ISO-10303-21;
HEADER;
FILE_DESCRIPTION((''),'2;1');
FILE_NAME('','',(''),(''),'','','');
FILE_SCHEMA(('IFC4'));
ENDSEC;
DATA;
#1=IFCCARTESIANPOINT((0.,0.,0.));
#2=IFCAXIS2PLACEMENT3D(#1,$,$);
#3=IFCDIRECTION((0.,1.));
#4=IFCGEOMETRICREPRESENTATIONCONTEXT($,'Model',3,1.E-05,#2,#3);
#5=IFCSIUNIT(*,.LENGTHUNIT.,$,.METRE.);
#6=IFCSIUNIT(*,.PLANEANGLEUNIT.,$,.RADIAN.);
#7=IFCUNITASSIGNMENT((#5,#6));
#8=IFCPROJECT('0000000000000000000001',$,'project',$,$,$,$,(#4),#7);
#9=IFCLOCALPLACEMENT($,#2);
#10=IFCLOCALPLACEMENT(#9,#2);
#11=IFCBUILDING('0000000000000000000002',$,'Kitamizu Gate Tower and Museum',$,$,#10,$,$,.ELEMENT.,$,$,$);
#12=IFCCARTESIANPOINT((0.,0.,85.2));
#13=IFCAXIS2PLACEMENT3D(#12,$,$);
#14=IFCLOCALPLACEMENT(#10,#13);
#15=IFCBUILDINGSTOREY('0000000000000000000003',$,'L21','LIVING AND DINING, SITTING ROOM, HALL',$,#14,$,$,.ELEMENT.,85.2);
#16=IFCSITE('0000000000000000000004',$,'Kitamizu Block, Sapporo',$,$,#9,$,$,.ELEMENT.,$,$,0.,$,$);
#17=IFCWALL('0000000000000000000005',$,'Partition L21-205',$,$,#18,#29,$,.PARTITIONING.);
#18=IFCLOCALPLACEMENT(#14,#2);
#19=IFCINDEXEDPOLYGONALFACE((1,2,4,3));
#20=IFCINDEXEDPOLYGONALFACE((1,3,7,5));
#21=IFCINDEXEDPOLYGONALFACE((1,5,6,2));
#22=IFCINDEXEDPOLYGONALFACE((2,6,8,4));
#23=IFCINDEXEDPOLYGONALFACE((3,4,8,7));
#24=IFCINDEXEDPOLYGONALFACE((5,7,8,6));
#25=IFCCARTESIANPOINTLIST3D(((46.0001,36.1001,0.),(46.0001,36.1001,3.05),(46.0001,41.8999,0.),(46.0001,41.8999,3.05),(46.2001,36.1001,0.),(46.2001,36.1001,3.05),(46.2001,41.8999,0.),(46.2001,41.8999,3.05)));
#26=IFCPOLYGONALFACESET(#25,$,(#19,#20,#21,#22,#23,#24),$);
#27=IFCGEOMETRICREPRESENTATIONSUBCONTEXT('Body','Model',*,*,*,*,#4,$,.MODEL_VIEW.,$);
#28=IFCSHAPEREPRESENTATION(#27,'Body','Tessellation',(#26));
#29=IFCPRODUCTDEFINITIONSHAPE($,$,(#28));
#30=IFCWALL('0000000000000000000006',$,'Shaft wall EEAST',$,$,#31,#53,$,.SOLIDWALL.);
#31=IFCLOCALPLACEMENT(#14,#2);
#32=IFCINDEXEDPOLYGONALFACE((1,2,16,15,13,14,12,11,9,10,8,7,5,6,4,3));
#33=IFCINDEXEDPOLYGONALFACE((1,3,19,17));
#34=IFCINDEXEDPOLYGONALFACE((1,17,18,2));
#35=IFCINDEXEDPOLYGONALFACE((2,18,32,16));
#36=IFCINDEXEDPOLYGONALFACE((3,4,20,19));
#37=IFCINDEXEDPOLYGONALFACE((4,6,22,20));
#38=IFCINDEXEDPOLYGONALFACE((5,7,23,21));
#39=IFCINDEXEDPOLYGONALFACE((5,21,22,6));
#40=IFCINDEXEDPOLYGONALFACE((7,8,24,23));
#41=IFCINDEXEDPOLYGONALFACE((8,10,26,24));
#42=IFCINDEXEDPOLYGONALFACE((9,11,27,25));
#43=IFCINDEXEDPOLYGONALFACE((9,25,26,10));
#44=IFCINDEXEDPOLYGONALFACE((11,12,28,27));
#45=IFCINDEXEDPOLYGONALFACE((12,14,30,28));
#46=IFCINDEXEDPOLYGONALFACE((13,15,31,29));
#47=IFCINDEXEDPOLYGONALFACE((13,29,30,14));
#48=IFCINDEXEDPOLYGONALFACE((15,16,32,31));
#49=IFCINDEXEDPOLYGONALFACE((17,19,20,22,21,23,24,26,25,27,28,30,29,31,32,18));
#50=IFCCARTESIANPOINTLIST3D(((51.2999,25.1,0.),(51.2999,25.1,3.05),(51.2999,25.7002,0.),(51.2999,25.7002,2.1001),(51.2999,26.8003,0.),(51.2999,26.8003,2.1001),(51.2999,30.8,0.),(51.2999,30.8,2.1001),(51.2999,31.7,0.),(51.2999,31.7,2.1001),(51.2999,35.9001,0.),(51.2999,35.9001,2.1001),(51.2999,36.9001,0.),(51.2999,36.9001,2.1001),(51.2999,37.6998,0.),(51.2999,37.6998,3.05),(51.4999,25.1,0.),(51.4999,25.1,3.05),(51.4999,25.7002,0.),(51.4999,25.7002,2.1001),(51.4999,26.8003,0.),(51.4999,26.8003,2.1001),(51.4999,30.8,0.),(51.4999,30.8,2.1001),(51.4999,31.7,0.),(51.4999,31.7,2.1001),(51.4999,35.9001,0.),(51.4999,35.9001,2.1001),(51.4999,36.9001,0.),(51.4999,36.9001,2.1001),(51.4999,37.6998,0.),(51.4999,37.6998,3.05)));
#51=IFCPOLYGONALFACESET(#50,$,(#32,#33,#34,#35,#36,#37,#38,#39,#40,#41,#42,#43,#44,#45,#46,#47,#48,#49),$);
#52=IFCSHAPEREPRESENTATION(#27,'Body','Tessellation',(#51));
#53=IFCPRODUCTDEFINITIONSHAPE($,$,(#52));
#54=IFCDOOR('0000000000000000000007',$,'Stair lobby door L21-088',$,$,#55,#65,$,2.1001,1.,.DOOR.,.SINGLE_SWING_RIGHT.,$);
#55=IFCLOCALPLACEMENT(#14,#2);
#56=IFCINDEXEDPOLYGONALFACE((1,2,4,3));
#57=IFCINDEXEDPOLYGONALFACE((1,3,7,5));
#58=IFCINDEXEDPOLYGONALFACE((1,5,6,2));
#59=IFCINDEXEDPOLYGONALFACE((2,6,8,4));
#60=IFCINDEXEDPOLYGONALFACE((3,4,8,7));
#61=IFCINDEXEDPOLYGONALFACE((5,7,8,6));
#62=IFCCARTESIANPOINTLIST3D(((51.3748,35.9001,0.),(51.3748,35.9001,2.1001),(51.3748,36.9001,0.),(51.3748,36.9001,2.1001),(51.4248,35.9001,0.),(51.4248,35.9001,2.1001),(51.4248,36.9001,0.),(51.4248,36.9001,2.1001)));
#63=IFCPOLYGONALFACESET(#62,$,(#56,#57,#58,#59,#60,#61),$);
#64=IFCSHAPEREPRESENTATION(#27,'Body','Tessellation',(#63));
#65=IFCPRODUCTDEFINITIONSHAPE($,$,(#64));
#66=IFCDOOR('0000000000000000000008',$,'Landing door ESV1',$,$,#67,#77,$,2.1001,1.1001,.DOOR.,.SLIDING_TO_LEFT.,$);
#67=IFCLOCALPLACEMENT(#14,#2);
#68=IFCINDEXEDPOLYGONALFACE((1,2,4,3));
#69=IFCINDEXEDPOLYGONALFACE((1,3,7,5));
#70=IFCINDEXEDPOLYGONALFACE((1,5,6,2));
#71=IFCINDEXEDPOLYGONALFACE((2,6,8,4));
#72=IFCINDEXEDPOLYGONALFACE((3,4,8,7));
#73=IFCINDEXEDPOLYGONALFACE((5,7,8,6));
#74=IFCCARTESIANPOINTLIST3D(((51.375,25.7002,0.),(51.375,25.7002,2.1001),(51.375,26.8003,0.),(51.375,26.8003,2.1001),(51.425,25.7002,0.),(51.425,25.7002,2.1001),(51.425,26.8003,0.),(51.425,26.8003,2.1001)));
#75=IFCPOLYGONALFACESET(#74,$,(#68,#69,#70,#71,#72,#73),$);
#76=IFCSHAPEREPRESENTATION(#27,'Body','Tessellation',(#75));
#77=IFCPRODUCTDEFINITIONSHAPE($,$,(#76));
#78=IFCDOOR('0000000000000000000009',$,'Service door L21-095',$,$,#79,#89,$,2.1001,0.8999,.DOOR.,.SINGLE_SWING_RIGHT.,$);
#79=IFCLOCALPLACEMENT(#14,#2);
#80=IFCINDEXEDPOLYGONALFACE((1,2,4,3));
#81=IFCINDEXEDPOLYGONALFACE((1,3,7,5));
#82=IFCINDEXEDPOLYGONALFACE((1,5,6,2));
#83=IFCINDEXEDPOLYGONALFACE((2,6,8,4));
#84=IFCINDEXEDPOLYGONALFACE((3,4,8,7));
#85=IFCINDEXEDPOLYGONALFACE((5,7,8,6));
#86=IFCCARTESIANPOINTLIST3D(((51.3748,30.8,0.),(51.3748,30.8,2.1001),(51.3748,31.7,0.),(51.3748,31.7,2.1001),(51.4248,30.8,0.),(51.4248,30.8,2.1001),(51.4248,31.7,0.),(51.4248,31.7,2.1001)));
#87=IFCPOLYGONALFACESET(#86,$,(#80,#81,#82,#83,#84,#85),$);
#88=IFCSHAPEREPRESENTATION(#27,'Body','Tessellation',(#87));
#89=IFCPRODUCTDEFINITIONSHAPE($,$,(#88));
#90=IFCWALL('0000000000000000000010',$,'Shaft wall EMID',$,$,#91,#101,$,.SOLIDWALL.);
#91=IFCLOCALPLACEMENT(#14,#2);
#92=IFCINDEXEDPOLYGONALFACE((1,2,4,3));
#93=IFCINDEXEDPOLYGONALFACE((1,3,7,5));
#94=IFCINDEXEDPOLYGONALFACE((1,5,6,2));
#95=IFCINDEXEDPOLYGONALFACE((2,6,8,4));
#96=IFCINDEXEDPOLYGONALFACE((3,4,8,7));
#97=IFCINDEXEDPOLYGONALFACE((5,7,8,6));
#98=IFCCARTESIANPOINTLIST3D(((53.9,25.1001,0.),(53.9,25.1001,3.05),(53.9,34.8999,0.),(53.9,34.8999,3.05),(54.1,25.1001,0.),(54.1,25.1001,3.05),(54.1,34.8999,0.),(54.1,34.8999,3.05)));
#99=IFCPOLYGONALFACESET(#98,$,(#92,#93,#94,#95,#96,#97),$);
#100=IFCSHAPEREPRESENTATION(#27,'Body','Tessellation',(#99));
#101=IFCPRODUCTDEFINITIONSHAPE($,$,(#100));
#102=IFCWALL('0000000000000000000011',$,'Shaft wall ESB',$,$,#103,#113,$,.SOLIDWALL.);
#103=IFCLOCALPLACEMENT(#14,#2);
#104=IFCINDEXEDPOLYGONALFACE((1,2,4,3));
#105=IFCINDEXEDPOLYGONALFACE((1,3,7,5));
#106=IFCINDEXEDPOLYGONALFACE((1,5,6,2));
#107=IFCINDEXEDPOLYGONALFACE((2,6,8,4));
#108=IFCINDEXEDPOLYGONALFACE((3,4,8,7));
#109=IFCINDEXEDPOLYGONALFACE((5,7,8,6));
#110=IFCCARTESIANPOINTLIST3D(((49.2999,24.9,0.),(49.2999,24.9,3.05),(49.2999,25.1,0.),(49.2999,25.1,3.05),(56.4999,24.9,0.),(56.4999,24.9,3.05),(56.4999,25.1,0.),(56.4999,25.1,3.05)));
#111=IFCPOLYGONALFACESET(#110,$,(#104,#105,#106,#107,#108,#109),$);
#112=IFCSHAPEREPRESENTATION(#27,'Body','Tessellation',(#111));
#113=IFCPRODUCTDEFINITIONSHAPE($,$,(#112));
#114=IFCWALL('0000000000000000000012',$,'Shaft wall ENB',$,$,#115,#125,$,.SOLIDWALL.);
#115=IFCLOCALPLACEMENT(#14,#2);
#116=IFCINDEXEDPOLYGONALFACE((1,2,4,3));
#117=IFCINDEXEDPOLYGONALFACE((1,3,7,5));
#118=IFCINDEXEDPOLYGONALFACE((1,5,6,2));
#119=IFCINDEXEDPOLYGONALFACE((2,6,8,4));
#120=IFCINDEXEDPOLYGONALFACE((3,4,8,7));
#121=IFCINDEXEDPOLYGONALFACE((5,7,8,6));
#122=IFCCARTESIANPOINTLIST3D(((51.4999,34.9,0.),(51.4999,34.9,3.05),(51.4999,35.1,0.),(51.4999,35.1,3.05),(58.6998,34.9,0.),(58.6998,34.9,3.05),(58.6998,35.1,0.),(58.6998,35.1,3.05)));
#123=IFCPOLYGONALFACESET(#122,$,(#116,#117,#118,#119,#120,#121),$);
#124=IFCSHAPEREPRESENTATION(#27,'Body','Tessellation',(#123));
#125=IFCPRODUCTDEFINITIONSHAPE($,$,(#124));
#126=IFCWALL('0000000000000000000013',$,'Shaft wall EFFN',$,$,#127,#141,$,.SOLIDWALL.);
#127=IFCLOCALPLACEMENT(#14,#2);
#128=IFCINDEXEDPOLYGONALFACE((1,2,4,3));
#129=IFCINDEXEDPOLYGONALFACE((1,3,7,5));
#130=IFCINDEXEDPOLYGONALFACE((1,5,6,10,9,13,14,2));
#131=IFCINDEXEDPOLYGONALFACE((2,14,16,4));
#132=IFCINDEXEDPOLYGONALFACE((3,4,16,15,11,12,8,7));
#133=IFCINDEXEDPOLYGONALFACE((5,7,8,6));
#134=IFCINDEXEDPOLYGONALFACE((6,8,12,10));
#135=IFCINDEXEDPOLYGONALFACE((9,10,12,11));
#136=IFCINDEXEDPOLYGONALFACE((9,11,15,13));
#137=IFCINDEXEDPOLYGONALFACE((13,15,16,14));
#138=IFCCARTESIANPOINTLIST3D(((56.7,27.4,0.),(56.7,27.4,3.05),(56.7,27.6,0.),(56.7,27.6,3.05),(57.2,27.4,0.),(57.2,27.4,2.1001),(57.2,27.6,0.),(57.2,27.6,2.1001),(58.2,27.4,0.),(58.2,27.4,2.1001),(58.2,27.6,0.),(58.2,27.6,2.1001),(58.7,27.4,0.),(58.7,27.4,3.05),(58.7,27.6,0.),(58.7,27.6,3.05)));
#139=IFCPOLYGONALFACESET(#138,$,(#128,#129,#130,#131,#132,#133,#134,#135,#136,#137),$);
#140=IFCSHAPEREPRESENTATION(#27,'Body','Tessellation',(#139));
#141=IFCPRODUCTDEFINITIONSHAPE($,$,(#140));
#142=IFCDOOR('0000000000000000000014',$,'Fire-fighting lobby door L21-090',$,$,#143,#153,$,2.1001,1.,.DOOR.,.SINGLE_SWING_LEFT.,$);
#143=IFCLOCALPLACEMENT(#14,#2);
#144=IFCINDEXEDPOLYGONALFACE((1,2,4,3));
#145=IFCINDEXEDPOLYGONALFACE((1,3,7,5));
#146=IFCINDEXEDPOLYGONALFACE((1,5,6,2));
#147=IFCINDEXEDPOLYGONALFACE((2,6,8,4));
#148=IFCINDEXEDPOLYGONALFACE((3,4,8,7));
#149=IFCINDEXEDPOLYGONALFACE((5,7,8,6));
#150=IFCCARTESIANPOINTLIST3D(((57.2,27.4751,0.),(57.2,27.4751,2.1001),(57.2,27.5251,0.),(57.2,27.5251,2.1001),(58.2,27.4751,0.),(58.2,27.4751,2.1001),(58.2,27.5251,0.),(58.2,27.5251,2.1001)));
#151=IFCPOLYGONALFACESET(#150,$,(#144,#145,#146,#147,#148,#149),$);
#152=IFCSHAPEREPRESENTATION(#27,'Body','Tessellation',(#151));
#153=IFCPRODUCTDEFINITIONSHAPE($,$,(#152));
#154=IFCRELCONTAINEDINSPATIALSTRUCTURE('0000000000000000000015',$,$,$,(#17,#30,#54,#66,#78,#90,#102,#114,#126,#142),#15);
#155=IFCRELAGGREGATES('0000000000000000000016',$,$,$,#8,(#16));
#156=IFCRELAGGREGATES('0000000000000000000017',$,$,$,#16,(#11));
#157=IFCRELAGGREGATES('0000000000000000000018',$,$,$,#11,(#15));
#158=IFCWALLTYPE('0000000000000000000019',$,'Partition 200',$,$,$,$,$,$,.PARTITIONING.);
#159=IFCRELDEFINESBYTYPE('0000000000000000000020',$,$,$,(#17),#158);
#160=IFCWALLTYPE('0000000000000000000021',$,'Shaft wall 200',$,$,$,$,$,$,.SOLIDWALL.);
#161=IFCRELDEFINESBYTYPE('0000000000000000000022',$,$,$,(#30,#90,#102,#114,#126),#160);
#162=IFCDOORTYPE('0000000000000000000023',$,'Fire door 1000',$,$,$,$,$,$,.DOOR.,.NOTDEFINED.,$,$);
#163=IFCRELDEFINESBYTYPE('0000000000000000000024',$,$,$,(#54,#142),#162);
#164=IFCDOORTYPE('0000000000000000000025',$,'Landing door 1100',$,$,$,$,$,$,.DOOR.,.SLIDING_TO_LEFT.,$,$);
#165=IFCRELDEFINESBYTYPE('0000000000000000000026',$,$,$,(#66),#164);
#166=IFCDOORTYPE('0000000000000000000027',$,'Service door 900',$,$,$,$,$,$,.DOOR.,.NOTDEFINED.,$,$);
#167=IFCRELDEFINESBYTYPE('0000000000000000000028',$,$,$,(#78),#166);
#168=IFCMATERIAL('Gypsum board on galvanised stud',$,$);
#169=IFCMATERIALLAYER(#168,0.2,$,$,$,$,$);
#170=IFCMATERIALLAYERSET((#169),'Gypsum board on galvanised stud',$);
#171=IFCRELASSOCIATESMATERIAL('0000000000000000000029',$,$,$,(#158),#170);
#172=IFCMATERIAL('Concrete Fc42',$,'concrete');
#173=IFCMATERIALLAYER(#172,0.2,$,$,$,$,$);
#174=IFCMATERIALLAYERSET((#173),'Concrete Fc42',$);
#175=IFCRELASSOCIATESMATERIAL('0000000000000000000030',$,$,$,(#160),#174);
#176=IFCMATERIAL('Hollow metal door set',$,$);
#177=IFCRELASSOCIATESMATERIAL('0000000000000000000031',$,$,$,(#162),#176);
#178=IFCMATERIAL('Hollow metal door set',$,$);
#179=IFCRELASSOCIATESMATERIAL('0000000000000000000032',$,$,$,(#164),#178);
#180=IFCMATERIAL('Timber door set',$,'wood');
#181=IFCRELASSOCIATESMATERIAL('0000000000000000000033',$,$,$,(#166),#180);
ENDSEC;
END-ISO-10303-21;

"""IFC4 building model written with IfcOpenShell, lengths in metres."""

from ifc_helpers import new_model, si_unit, direction, frame, frame_2d, origin, place, context, subcontext, project, spatial, rectangle, extrude, material, layer, layer_set, type_object, element, fill, save


model = new_model("IFC4")

# Units and contexts
model_context = context("Model", 3, precision=1e-05, world=origin(), true_north=direction((0.0, 1.0)))
body_context = subcontext(model_context, "Body", "Model", "MODEL_VIEW")
ifc_project = project(units=[si_unit("LENGTHUNIT", "METRE"), si_unit("PLANEANGLEUNIT", "RADIAN")], contexts=[model_context])

# Site, building, storey
site_placement = place(None, origin())
site = spatial("IfcSite", under=ifc_project, at=site_placement, Name="Kitamizu Block, Sapporo", CompositionType="ELEMENT", RefElevation=0.0)
building_placement = place(site_placement, origin())
building = spatial("IfcBuilding", under=site, at=building_placement, Name="Kitamizu Gate Tower and Museum", CompositionType="ELEMENT")
storey_placement = place(building_placement, frame((0.0, 0.0, 85.2)))
storey = spatial("IfcBuildingStorey", under=building, at=storey_placement, Name="L21", Description="LIVING AND DINING, SITTING ROOM, HALL", CompositionType="ELEMENT", Elevation=85.2)

# Shared definitions
ifc_material_1 = material(Name="Gypsum board on galvanised stud")
ifc_layer_1 = layer(ifc_material_1, 0.2)
ifc_layer_set_1 = layer_set([ifc_layer_1], Name="Gypsum board on galvanised stud")
wall_type_1 = type_object("IfcWallType", Name="Partition 200", PredefinedType="PARTITIONING", material=ifc_layer_set_1)

# Wall
wall_1_placement = place(storey_placement, frame((46.1001, 36.1001, 0.0), z_axis=(0.0, 0.0, 1.0), x_axis=(0.0, 1.0, 0.0)))
element("IfcWall", 1, at=wall_1_placement, inside=storey, type_object=wall_type_1, Name="Partition L21-205", PredefinedType="PARTITIONING", context=body_context, shape_type="SweptSolid", body=[
    extrude(rectangle(XDim=5.7998, YDim=0.2, at=frame_2d((2.8999, 0.0))), origin(), (0.0, 0.0, 1.0), 3.05),
])

# Wall, openings, doors
ifc_material_2 = material(Name="Concrete Fc42", Category="concrete")
ifc_layer_2 = layer(ifc_material_2, 0.2)
ifc_layer_set_2 = layer_set([ifc_layer_2], Name="Concrete Fc42")
wall_type_2 = type_object("IfcWallType", Name="Shaft wall 200", PredefinedType="SOLIDWALL", material=ifc_layer_set_2)
wall_2_placement = place(storey_placement, frame((51.3999, 25.1001, 0.0), z_axis=(0.0, 0.0, 1.0), x_axis=(0.0, 1.0, 0.0)))
wall_2 = element("IfcWall", 2, at=wall_2_placement, inside=storey, type_object=wall_type_2, Name="Shaft wall EEAST", PredefinedType="SOLIDWALL", context=body_context, shape_type="SweptSolid", body=[
    extrude(rectangle(XDim=12.5999, YDim=0.2, at=frame_2d((6.2998, 0.0))), origin(), (0.0, 0.0, 1.0), 3.05),
])
opening_1_placement = place(wall_2_placement, frame((0.6001, 0.0, 0.0)))
opening_1 = element("IfcOpeningElement", 3, at=opening_1_placement, cuts=wall_2, PredefinedType="OPENING", context=body_context, shape_type="SweptSolid", body=[
    extrude(rectangle(XDim=1.1001, YDim=2.1001, at=frame_2d((0.55, 1.05))), frame((0.0, 0.1099, 0.0), z_axis=(0.0, -1.0, 0.0), x_axis=(1.0, 0.0, 0.0)), (0.0, 0.0, 1.0), 0.22),
])
opening_2_placement = place(wall_2_placement, frame((10.8, 0.0, 0.0)))
opening_2 = element("IfcOpeningElement", 4, at=opening_2_placement, cuts=wall_2, PredefinedType="OPENING", context=body_context, shape_type="SweptSolid", body=[
    extrude(rectangle(XDim=1.0, YDim=2.1001, at=frame_2d((0.5, 1.05))), frame((0.0, 0.1099, 0.0), z_axis=(0.0, -1.0, 0.0), x_axis=(1.0, 0.0, 0.0)), (0.0, 0.0, 1.0), 0.22),
])
opening_3_placement = place(wall_2_placement, frame((5.7, 0.0, 0.0)))
opening_3 = element("IfcOpeningElement", 5, at=opening_3_placement, cuts=wall_2, PredefinedType="OPENING", context=body_context, shape_type="SweptSolid", body=[
    extrude(rectangle(XDim=0.8999, YDim=2.1001, at=frame_2d((0.45, 1.05))), frame((0.0, 0.1099, 0.0), z_axis=(0.0, -1.0, 0.0), x_axis=(1.0, 0.0, 0.0)), (0.0, 0.0, 1.0), 0.22),
])
ifc_material_3 = material(Name="Hollow metal door set")
door_type_1 = type_object("IfcDoorType", Name="Fire door 1000", OperationType="NOTDEFINED", PredefinedType="DOOR", material=ifc_material_3)
door_1_placement = place(opening_2_placement, frame((1.0, 0.0, 0.0), x_axis=(-1.0, 0.0, 0.0)))
door_1 = element("IfcDoor", 6, at=door_1_placement, inside=storey, type_object=door_type_1, Name="Stair lobby door L21-088", OperationType="SINGLE_SWING_RIGHT", OverallHeight=2.1001, OverallWidth=1.0, PredefinedType="DOOR", context=body_context, shape_type="SweptSolid", body=[
    extrude(rectangle(XDim=1.0, YDim=2.1001, at=frame_2d((0.5, 1.05))), frame((0.0, 0.0249, 0.0), z_axis=(0.0, -1.0, 0.0), x_axis=(1.0, 0.0, 0.0)), (0.0, 0.0, 1.0), 0.05),
])
fill(opening_2, door_1)
ifc_material_4 = material(Name="Hollow metal door set")
door_type_2 = type_object("IfcDoorType", Name="Landing door 1100", OperationType="SLIDING_TO_LEFT", PredefinedType="DOOR", material=ifc_material_4)
door_2_placement = place(opening_1_placement, origin())
door_2 = element("IfcDoor", 7, at=door_2_placement, inside=storey, type_object=door_type_2, Name="Landing door ESV1", OperationType="SLIDING_TO_LEFT", OverallHeight=2.1001, OverallWidth=1.1001, PredefinedType="DOOR", context=body_context, shape_type="SweptSolid", body=[
    extrude(rectangle(XDim=1.1001, YDim=2.1001, at=frame_2d((0.55, 1.05))), frame((0.0, 0.0249, 0.0), z_axis=(0.0, -1.0, 0.0), x_axis=(1.0, 0.0, 0.0)), (0.0, 0.0, 1.0), 0.05),
])
fill(opening_1, door_2)
ifc_material_5 = material(Name="Timber door set", Category="wood")
door_type_3 = type_object("IfcDoorType", Name="Service door 900", OperationType="NOTDEFINED", PredefinedType="DOOR", material=ifc_material_5)
door_3_placement = place(opening_3_placement, frame((0.8999, 0.0, 0.0), x_axis=(-1.0, 0.0, 0.0)))
door_3 = element("IfcDoor", 8, at=door_3_placement, inside=storey, type_object=door_type_3, Name="Service door L21-095", OperationType="SINGLE_SWING_RIGHT", OverallHeight=2.1001, OverallWidth=0.8999, PredefinedType="DOOR", context=body_context, shape_type="SweptSolid", body=[
    extrude(rectangle(XDim=0.8999, YDim=2.1001, at=frame_2d((0.45, 1.05))), frame((0.0, 0.0249, 0.0), z_axis=(0.0, -1.0, 0.0), x_axis=(1.0, 0.0, 0.0)), (0.0, 0.0, 1.0), 0.05),
])
fill(opening_3, door_3)

# Walls
wall_3_placement = place(storey_placement, frame((54.0, 25.1001, 0.0), z_axis=(0.0, 0.0, 1.0), x_axis=(0.0, 1.0, 0.0)))
element("IfcWall", 9, at=wall_3_placement, inside=storey, type_object=wall_type_2, Name="Shaft wall EMID", PredefinedType="SOLIDWALL", context=body_context, shape_type="SweptSolid", body=[
    extrude(rectangle(XDim=9.7998, YDim=0.2, at=frame_2d((4.8999, 0.0))), origin(), (0.0, 0.0, 1.0), 3.05),
])
for number, where, z_axis, x_axis, name in (
    (10, (56.5, 25.0, 0.0), (0.0, 0.0, 1.0), (-1.0, 0.0, 0.0), "Shaft wall ESB"),
    (11, (58.7, 35.0, 0.0), (0.0, 0.0, 1.0), (-1.0, 0.0, 0.0), "Shaft wall ENB"),
):
    element("IfcWall", number, at=place(storey_placement, frame(where, z_axis=z_axis, x_axis=x_axis)), inside=storey, type_object=wall_type_2, Name=name, PredefinedType="SOLIDWALL", context=body_context, shape_type="SweptSolid", body=[
        extrude(rectangle(XDim=7.2, YDim=0.2, at=frame_2d((3.6001, 0.0))), origin(), (0.0, 0.0, 1.0), 3.05),
    ])

# Wall, opening, door
wall_4_placement = place(storey_placement, frame((58.7, 27.5, 0.0), z_axis=(0.0, 0.0, 1.0), x_axis=(-1.0, 0.0, 0.0)))
wall_4 = element("IfcWall", 12, at=wall_4_placement, inside=storey, type_object=wall_type_2, Name="Shaft wall EFFN", PredefinedType="SOLIDWALL", context=body_context, shape_type="SweptSolid", body=[
    extrude(rectangle(XDim=2.0, YDim=0.2, at=frame_2d((1.0, 0.0))), origin(), (0.0, 0.0, 1.0), 3.05),
])
opening_4_placement = place(wall_4_placement, frame((0.5, 0.0, 0.0)))
opening_4 = element("IfcOpeningElement", 13, at=opening_4_placement, cuts=wall_4, PredefinedType="OPENING", context=body_context, shape_type="SweptSolid", body=[
    extrude(rectangle(XDim=1.0, YDim=2.1001, at=frame_2d((0.5, 1.05))), frame((0.0, 0.1099, 0.0), z_axis=(0.0, -1.0, 0.0), x_axis=(1.0, 0.0, 0.0)), (0.0, 0.0, 1.0), 0.22),
])
door_4_placement = place(opening_4_placement, origin())
door_4 = element("IfcDoor", 14, at=door_4_placement, inside=storey, type_object=door_type_1, Name="Fire-fighting lobby door L21-090", OperationType="SINGLE_SWING_LEFT", OverallHeight=2.1001, OverallWidth=1.0, PredefinedType="DOOR", context=body_context, shape_type="SweptSolid", body=[
    extrude(rectangle(XDim=1.0, YDim=2.1001, at=frame_2d((0.5, 1.05))), frame((0.0, 0.0249, 0.0), z_axis=(0.0, -1.0, 0.0), x_axis=(1.0, 0.0, 0.0)), (0.0, 0.0, 1.0), 0.05),
])
fill(opening_4, door_4)

save(model, "model.ifc")
